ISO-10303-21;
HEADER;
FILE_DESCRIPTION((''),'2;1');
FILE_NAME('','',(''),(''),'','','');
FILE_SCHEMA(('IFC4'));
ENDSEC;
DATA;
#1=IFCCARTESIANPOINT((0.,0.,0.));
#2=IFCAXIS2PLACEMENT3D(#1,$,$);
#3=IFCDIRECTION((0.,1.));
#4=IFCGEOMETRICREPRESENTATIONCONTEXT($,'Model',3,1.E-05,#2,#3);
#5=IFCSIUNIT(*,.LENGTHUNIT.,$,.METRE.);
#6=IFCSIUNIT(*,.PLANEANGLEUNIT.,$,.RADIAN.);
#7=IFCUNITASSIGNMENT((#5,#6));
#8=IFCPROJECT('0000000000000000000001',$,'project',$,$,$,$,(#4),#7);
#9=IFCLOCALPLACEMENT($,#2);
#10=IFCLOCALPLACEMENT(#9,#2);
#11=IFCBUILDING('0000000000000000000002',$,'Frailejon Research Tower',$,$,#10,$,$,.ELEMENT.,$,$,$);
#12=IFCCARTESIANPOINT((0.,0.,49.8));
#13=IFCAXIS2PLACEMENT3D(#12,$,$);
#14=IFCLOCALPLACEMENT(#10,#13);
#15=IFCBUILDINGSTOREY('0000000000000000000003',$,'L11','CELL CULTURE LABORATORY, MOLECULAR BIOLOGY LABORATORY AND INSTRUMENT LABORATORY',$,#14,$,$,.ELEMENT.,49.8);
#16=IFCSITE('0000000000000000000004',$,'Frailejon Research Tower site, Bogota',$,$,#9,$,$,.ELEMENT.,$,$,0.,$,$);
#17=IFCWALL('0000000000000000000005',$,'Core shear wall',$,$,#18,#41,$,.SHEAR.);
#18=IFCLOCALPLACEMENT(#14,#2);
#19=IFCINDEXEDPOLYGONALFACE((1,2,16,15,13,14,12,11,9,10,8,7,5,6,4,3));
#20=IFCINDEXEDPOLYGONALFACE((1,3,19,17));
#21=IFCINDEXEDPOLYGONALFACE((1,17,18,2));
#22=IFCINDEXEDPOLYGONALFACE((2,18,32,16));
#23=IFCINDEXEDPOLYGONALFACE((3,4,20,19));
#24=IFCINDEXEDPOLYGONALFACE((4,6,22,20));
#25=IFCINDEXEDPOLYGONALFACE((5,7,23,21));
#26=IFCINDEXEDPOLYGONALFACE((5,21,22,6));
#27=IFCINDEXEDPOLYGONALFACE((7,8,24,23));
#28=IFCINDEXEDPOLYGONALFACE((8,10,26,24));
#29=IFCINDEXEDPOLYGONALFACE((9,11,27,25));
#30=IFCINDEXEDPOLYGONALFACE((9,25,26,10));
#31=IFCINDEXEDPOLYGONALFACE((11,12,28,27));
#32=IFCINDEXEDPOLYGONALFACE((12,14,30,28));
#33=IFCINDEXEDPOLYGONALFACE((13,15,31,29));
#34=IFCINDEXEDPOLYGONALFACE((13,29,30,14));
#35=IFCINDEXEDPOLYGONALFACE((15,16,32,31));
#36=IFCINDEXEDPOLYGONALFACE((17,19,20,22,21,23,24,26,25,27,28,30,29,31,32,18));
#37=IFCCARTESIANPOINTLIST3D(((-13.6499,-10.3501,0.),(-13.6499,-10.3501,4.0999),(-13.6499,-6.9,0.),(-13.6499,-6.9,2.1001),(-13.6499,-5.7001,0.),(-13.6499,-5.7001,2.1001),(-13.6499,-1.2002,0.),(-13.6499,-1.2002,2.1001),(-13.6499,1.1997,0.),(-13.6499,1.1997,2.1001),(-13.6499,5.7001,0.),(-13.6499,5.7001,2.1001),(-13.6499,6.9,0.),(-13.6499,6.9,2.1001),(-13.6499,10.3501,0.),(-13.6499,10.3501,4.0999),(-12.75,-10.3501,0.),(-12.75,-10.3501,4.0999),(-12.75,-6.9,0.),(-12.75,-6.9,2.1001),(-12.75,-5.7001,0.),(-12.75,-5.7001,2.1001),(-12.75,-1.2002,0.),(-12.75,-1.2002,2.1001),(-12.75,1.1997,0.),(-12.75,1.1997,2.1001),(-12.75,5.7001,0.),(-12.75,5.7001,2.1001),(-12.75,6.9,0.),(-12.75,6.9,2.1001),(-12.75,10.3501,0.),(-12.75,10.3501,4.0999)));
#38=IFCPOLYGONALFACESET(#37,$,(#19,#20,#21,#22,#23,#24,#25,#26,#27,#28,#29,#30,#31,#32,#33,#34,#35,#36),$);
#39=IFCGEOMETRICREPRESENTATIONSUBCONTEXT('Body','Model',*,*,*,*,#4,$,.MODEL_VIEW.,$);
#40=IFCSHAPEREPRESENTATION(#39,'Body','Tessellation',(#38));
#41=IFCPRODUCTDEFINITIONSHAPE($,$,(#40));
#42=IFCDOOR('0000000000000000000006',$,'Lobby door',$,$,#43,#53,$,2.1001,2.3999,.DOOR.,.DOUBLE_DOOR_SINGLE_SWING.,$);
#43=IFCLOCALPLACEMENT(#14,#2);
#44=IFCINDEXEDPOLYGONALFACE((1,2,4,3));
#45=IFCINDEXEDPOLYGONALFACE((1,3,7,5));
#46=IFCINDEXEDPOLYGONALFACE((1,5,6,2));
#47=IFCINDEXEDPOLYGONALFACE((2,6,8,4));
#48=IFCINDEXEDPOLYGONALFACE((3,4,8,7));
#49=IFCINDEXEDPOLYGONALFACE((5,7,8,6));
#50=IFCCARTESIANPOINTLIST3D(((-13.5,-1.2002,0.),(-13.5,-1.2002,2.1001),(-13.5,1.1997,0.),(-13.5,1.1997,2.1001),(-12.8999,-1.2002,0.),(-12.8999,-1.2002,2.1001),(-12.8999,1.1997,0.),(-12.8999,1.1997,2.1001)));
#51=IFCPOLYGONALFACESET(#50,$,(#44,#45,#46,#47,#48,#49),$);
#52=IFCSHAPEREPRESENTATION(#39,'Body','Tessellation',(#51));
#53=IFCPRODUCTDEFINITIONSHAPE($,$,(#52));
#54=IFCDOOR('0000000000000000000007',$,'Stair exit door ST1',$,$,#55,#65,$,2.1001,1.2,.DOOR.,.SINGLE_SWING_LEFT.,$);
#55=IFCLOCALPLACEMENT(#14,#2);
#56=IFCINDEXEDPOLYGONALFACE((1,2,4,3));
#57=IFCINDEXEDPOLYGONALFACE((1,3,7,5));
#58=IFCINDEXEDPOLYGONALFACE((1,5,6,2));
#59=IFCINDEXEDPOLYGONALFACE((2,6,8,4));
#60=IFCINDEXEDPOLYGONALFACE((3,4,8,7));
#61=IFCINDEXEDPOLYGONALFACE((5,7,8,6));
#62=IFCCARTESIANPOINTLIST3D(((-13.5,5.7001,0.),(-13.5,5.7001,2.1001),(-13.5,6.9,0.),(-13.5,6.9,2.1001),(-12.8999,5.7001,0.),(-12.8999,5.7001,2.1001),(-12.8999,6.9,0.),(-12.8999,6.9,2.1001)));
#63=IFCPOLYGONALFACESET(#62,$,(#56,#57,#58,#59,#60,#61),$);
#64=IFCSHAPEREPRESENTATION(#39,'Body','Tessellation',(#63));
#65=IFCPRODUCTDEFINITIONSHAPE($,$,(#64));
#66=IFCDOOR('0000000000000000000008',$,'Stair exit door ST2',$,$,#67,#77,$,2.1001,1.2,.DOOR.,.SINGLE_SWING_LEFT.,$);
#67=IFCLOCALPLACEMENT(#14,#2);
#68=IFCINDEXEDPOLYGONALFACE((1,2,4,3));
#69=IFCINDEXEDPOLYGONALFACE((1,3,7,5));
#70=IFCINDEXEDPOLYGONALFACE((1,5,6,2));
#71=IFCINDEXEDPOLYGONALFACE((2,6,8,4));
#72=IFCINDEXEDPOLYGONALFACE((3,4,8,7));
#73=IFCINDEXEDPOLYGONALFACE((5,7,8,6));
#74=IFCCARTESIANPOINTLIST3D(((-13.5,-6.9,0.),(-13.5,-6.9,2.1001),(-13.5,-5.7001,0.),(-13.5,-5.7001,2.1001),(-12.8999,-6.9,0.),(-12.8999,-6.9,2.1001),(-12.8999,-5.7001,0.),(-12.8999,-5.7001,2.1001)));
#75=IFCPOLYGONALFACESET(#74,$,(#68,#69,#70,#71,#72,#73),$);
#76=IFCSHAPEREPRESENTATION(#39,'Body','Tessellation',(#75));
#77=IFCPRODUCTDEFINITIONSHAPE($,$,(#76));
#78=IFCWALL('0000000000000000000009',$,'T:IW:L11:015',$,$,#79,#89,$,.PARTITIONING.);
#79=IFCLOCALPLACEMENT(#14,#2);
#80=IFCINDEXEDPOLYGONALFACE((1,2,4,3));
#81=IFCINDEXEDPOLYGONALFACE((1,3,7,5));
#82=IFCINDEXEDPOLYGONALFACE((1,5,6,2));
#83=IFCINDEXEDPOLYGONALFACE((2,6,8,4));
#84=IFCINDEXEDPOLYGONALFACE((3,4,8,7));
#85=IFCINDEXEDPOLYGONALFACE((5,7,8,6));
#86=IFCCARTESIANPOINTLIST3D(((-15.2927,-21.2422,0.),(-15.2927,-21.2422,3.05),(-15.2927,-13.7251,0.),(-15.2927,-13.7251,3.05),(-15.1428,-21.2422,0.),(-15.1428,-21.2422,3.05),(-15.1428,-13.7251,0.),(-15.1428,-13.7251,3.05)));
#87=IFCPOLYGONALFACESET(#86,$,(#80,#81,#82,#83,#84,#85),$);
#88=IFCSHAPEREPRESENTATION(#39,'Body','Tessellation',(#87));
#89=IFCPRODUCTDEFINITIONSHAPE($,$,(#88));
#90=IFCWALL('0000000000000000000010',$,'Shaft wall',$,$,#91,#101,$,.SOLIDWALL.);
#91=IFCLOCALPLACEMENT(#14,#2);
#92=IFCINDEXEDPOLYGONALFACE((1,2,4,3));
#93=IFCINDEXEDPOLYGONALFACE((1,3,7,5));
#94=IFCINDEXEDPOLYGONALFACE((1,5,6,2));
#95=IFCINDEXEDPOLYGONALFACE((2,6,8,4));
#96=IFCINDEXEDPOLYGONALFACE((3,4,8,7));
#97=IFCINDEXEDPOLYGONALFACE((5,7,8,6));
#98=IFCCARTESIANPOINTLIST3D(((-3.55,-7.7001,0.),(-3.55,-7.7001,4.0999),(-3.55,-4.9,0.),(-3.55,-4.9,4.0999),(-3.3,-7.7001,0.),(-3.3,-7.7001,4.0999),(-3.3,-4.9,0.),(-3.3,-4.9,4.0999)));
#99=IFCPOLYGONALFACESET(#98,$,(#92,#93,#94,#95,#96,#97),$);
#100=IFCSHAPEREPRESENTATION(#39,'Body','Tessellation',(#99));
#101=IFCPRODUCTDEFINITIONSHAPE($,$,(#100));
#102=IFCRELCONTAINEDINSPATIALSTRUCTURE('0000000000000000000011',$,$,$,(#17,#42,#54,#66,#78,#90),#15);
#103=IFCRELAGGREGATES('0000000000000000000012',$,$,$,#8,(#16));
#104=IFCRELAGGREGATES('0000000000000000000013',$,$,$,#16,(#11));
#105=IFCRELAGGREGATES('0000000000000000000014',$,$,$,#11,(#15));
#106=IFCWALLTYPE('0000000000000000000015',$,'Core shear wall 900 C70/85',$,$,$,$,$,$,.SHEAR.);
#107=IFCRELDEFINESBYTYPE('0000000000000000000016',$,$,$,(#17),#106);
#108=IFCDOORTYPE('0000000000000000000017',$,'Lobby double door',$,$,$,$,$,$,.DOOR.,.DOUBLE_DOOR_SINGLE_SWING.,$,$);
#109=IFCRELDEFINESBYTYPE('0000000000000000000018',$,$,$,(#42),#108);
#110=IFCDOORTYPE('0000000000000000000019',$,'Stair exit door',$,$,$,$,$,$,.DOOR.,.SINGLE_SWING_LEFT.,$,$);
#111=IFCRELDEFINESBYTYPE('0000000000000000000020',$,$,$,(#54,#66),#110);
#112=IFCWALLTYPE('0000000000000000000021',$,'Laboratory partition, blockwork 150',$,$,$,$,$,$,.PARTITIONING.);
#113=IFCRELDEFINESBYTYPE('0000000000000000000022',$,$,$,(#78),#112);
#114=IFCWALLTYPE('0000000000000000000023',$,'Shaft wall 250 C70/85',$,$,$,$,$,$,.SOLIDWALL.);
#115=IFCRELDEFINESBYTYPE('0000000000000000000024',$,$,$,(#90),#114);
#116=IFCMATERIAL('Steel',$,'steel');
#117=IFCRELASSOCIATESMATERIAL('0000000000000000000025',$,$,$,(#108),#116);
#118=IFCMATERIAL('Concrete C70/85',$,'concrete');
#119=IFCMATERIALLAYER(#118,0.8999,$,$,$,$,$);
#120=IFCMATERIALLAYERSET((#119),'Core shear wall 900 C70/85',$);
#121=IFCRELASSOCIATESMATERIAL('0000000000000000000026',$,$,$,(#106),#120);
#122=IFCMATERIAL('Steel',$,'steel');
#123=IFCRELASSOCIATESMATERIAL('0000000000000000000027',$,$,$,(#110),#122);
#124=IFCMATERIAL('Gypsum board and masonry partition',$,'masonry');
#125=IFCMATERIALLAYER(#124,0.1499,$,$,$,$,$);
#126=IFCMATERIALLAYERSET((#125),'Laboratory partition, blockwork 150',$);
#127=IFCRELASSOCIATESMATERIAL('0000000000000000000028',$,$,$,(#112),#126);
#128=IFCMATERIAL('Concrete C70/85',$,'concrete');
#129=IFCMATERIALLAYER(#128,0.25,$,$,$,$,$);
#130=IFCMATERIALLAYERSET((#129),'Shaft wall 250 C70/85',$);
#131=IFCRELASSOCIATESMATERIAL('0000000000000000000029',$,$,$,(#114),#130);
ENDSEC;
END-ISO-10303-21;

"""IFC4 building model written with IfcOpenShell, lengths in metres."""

from ifc_helpers import new_model, si_unit, direction, frame, frame_2d, origin, place, context, subcontext, project, spatial, rectangle, extrude, material, layer, layer_set, type_object, element, fill, save


model = new_model("IFC4")

# Units and contexts
model_context = context("Model", 3, precision=1e-05, world=origin(), true_north=direction((0.0, 1.0)))
body_context = subcontext(model_context, "Body", "Model", "MODEL_VIEW")
ifc_project = project(units=[si_unit("LENGTHUNIT", "METRE"), si_unit("PLANEANGLEUNIT", "RADIAN")], contexts=[model_context])

# Site, building, storey
site_placement = place(None, origin())
site = spatial("IfcSite", under=ifc_project, at=site_placement, Name="Frailejon Research Tower site, Bogota", CompositionType="ELEMENT", RefElevation=0.0)
building_placement = place(site_placement, origin())
building = spatial("IfcBuilding", under=site, at=building_placement, Name="Frailejon Research Tower", CompositionType="ELEMENT")
storey_placement = place(building_placement, frame((0.0, 0.0, 49.8)))
storey = spatial("IfcBuildingStorey", under=building, at=storey_placement, Name="L11", Description="CELL CULTURE LABORATORY, MOLECULAR BIOLOGY LABORATORY AND INSTRUMENT LABORATORY", CompositionType="ELEMENT", Elevation=49.8)

# Shared definitions
ifc_material_1 = material(Name="Steel", Category="steel")
door_type_1 = type_object("IfcDoorType", Name="Lobby double door", OperationType="DOUBLE_DOOR_SINGLE_SWING", PredefinedType="DOOR", material=ifc_material_1)

# Wall, openings, doors
ifc_material_2 = material(Name="Concrete C70/85", Category="concrete")
ifc_layer_1 = layer(ifc_material_2, 0.8999)
ifc_layer_set_1 = layer_set([ifc_layer_1], Name="Core shear wall 900 C70/85")
wall_type_1 = type_object("IfcWallType", Name="Core shear wall 900 C70/85", PredefinedType="SHEAR", material=ifc_layer_set_1)
wall_1_placement = place(storey_placement, frame((-13.2, -10.3501, 0.0), z_axis=(0.0, 0.0, 1.0), x_axis=(0.0, 1.0, 0.0)))
wall_1 = element("IfcWall", 1, at=wall_1_placement, inside=storey, type_object=wall_type_1, Name="Core shear wall", PredefinedType="SHEAR", context=body_context, shape_type="SweptSolid", body=[
    extrude(rectangle(XDim=20.7002, YDim=0.8999, at=frame_2d((10.3501, 0.0))), origin(), (0.0, 0.0, 1.0), 4.0999),
])
opening_1_placement = place(wall_1_placement, frame((9.1499, 0.0, 0.0)))
opening_1 = element("IfcOpeningElement", 2, at=opening_1_placement, cuts=wall_1, PredefinedType="OPENING", context=body_context, shape_type="SweptSolid", body=[
    extrude(rectangle(XDim=2.3999, YDim=2.1001, at=frame_2d((1.2, 1.05))), frame((0.0, 0.46, 0.0), z_axis=(0.0, -1.0, 0.0), x_axis=(1.0, 0.0, 0.0)), (0.0, 0.0, 1.0), 0.9199),
])
opening_2_placement = place(wall_1_placement, frame((16.05, 0.0, 0.0)))
opening_2 = element("IfcOpeningElement", 3, at=opening_2_placement, cuts=wall_1, PredefinedType="OPENING", context=body_context, shape_type="SweptSolid", body=[
    extrude(rectangle(XDim=1.2, YDim=2.1001, at=frame_2d((0.6001, 1.05))), frame((0.0, 0.46, 0.0), z_axis=(0.0, -1.0, 0.0), x_axis=(1.0, 0.0, 0.0)), (0.0, 0.0, 1.0), 0.9199),
])
opening_3_placement = place(wall_1_placement, frame((3.45, 0.0, 0.0)))
opening_3 = element("IfcOpeningElement", 4, at=opening_3_placement, cuts=wall_1, PredefinedType="OPENING", context=body_context, shape_type="SweptSolid", body=[
    extrude(rectangle(XDim=1.2, YDim=2.1001, at=frame_2d((0.6001, 1.05))), frame((0.0, 0.46, 0.0), z_axis=(0.0, -1.0, 0.0), x_axis=(1.0, 0.0, 0.0)), (0.0, 0.0, 1.0), 0.9199),
])
door_1_placement = place(opening_1_placement, origin())
door_1 = element("IfcDoor", 5, at=door_1_placement, inside=storey, type_object=door_type_1, Name="Lobby door", OperationType="DOUBLE_DOOR_SINGLE_SWING", OverallHeight=2.1001, OverallWidth=2.3999, PredefinedType="DOOR", context=body_context, shape_type="SweptSolid", body=[
    extrude(rectangle(XDim=2.3999, YDim=2.1001, at=frame_2d((1.2, 1.05))), frame((0.0, 0.3, 0.0), z_axis=(0.0, -1.0, 0.0), x_axis=(1.0, 0.0, 0.0)), (0.0, 0.0, 1.0), 0.6001),
])
fill(opening_1, door_1)
ifc_material_3 = material(Name="Steel", Category="steel")
door_type_2 = type_object("IfcDoorType", Name="Stair exit door", OperationType="SINGLE_SWING_LEFT", PredefinedType="DOOR", material=ifc_material_3)
door_2_placement = place(opening_2_placement, origin())
door_2 = element("IfcDoor", 6, at=door_2_placement, inside=storey, type_object=door_type_2, Name="Stair exit door ST1", OperationType="SINGLE_SWING_LEFT", OverallHeight=2.1001, OverallWidth=1.2, PredefinedType="DOOR", context=body_context, shape_type="SweptSolid", body=[
    extrude(rectangle(XDim=1.2, YDim=2.1001, at=frame_2d((0.6001, 1.05))), frame((0.0, 0.3, 0.0), z_axis=(0.0, -1.0, 0.0), x_axis=(1.0, 0.0, 0.0)), (0.0, 0.0, 1.0), 0.6001),
])
fill(opening_2, door_2)
door_3_placement = place(opening_3_placement, origin())
door_3 = element("IfcDoor", 7, at=door_3_placement, inside=storey, type_object=door_type_2, Name="Stair exit door ST2", OperationType="SINGLE_SWING_LEFT", OverallHeight=2.1001, OverallWidth=1.2, PredefinedType="DOOR", context=body_context, shape_type="SweptSolid", body=[
    extrude(rectangle(XDim=1.2, YDim=2.1001, at=frame_2d((0.6001, 1.05))), frame((0.0, 0.3, 0.0), z_axis=(0.0, -1.0, 0.0), x_axis=(1.0, 0.0, 0.0)), (0.0, 0.0, 1.0), 0.6001),
])
fill(opening_3, door_3)

# Walls
ifc_material_4 = material(Name="Gypsum board and masonry partition", Category="masonry")
ifc_layer_2 = layer(ifc_material_4, 0.1499)
ifc_layer_set_2 = layer_set([ifc_layer_2], Name="Laboratory partition, blockwork 150")
wall_type_2 = type_object("IfcWallType", Name="Laboratory partition, blockwork 150", PredefinedType="PARTITIONING", material=ifc_layer_set_2)
wall_2_placement = place(storey_placement, frame((-15.2178, -21.2422, 0.0), z_axis=(0.0, 0.0, 1.0), x_axis=(0.0, 1.0, 0.0)))
element("IfcWall", 8, at=wall_2_placement, inside=storey, type_object=wall_type_2, Name="T:IW:L11:015", PredefinedType="PARTITIONING", context=body_context, shape_type="SweptSolid", body=[
    extrude(rectangle(XDim=7.5171, YDim=0.1499, at=frame_2d((3.7585, 0.0))), origin(), (0.0, 0.0, 1.0), 3.05),
])
ifc_material_5 = material(Name="Concrete C70/85", Category="concrete")
ifc_layer_3 = layer(ifc_material_5, 0.25)
ifc_layer_set_3 = layer_set([ifc_layer_3], Name="Shaft wall 250 C70/85")
wall_type_3 = type_object("IfcWallType", Name="Shaft wall 250 C70/85", PredefinedType="SOLIDWALL", material=ifc_layer_set_3)
wall_3_placement = place(storey_placement, frame((-3.425, -7.7, 0.0), z_axis=(0.0, 0.0, 1.0), x_axis=(0.0, 1.0, 0.0)))
element("IfcWall", 9, at=wall_3_placement, inside=storey, type_object=wall_type_3, Name="Shaft wall", PredefinedType="SOLIDWALL", context=body_context, shape_type="SweptSolid", body=[
    extrude(rectangle(XDim=2.8, YDim=0.25, at=frame_2d((1.3999, 0.0))), origin(), (0.0, 0.0, 1.0), 4.0999),
])

save(model, "model.ifc")
